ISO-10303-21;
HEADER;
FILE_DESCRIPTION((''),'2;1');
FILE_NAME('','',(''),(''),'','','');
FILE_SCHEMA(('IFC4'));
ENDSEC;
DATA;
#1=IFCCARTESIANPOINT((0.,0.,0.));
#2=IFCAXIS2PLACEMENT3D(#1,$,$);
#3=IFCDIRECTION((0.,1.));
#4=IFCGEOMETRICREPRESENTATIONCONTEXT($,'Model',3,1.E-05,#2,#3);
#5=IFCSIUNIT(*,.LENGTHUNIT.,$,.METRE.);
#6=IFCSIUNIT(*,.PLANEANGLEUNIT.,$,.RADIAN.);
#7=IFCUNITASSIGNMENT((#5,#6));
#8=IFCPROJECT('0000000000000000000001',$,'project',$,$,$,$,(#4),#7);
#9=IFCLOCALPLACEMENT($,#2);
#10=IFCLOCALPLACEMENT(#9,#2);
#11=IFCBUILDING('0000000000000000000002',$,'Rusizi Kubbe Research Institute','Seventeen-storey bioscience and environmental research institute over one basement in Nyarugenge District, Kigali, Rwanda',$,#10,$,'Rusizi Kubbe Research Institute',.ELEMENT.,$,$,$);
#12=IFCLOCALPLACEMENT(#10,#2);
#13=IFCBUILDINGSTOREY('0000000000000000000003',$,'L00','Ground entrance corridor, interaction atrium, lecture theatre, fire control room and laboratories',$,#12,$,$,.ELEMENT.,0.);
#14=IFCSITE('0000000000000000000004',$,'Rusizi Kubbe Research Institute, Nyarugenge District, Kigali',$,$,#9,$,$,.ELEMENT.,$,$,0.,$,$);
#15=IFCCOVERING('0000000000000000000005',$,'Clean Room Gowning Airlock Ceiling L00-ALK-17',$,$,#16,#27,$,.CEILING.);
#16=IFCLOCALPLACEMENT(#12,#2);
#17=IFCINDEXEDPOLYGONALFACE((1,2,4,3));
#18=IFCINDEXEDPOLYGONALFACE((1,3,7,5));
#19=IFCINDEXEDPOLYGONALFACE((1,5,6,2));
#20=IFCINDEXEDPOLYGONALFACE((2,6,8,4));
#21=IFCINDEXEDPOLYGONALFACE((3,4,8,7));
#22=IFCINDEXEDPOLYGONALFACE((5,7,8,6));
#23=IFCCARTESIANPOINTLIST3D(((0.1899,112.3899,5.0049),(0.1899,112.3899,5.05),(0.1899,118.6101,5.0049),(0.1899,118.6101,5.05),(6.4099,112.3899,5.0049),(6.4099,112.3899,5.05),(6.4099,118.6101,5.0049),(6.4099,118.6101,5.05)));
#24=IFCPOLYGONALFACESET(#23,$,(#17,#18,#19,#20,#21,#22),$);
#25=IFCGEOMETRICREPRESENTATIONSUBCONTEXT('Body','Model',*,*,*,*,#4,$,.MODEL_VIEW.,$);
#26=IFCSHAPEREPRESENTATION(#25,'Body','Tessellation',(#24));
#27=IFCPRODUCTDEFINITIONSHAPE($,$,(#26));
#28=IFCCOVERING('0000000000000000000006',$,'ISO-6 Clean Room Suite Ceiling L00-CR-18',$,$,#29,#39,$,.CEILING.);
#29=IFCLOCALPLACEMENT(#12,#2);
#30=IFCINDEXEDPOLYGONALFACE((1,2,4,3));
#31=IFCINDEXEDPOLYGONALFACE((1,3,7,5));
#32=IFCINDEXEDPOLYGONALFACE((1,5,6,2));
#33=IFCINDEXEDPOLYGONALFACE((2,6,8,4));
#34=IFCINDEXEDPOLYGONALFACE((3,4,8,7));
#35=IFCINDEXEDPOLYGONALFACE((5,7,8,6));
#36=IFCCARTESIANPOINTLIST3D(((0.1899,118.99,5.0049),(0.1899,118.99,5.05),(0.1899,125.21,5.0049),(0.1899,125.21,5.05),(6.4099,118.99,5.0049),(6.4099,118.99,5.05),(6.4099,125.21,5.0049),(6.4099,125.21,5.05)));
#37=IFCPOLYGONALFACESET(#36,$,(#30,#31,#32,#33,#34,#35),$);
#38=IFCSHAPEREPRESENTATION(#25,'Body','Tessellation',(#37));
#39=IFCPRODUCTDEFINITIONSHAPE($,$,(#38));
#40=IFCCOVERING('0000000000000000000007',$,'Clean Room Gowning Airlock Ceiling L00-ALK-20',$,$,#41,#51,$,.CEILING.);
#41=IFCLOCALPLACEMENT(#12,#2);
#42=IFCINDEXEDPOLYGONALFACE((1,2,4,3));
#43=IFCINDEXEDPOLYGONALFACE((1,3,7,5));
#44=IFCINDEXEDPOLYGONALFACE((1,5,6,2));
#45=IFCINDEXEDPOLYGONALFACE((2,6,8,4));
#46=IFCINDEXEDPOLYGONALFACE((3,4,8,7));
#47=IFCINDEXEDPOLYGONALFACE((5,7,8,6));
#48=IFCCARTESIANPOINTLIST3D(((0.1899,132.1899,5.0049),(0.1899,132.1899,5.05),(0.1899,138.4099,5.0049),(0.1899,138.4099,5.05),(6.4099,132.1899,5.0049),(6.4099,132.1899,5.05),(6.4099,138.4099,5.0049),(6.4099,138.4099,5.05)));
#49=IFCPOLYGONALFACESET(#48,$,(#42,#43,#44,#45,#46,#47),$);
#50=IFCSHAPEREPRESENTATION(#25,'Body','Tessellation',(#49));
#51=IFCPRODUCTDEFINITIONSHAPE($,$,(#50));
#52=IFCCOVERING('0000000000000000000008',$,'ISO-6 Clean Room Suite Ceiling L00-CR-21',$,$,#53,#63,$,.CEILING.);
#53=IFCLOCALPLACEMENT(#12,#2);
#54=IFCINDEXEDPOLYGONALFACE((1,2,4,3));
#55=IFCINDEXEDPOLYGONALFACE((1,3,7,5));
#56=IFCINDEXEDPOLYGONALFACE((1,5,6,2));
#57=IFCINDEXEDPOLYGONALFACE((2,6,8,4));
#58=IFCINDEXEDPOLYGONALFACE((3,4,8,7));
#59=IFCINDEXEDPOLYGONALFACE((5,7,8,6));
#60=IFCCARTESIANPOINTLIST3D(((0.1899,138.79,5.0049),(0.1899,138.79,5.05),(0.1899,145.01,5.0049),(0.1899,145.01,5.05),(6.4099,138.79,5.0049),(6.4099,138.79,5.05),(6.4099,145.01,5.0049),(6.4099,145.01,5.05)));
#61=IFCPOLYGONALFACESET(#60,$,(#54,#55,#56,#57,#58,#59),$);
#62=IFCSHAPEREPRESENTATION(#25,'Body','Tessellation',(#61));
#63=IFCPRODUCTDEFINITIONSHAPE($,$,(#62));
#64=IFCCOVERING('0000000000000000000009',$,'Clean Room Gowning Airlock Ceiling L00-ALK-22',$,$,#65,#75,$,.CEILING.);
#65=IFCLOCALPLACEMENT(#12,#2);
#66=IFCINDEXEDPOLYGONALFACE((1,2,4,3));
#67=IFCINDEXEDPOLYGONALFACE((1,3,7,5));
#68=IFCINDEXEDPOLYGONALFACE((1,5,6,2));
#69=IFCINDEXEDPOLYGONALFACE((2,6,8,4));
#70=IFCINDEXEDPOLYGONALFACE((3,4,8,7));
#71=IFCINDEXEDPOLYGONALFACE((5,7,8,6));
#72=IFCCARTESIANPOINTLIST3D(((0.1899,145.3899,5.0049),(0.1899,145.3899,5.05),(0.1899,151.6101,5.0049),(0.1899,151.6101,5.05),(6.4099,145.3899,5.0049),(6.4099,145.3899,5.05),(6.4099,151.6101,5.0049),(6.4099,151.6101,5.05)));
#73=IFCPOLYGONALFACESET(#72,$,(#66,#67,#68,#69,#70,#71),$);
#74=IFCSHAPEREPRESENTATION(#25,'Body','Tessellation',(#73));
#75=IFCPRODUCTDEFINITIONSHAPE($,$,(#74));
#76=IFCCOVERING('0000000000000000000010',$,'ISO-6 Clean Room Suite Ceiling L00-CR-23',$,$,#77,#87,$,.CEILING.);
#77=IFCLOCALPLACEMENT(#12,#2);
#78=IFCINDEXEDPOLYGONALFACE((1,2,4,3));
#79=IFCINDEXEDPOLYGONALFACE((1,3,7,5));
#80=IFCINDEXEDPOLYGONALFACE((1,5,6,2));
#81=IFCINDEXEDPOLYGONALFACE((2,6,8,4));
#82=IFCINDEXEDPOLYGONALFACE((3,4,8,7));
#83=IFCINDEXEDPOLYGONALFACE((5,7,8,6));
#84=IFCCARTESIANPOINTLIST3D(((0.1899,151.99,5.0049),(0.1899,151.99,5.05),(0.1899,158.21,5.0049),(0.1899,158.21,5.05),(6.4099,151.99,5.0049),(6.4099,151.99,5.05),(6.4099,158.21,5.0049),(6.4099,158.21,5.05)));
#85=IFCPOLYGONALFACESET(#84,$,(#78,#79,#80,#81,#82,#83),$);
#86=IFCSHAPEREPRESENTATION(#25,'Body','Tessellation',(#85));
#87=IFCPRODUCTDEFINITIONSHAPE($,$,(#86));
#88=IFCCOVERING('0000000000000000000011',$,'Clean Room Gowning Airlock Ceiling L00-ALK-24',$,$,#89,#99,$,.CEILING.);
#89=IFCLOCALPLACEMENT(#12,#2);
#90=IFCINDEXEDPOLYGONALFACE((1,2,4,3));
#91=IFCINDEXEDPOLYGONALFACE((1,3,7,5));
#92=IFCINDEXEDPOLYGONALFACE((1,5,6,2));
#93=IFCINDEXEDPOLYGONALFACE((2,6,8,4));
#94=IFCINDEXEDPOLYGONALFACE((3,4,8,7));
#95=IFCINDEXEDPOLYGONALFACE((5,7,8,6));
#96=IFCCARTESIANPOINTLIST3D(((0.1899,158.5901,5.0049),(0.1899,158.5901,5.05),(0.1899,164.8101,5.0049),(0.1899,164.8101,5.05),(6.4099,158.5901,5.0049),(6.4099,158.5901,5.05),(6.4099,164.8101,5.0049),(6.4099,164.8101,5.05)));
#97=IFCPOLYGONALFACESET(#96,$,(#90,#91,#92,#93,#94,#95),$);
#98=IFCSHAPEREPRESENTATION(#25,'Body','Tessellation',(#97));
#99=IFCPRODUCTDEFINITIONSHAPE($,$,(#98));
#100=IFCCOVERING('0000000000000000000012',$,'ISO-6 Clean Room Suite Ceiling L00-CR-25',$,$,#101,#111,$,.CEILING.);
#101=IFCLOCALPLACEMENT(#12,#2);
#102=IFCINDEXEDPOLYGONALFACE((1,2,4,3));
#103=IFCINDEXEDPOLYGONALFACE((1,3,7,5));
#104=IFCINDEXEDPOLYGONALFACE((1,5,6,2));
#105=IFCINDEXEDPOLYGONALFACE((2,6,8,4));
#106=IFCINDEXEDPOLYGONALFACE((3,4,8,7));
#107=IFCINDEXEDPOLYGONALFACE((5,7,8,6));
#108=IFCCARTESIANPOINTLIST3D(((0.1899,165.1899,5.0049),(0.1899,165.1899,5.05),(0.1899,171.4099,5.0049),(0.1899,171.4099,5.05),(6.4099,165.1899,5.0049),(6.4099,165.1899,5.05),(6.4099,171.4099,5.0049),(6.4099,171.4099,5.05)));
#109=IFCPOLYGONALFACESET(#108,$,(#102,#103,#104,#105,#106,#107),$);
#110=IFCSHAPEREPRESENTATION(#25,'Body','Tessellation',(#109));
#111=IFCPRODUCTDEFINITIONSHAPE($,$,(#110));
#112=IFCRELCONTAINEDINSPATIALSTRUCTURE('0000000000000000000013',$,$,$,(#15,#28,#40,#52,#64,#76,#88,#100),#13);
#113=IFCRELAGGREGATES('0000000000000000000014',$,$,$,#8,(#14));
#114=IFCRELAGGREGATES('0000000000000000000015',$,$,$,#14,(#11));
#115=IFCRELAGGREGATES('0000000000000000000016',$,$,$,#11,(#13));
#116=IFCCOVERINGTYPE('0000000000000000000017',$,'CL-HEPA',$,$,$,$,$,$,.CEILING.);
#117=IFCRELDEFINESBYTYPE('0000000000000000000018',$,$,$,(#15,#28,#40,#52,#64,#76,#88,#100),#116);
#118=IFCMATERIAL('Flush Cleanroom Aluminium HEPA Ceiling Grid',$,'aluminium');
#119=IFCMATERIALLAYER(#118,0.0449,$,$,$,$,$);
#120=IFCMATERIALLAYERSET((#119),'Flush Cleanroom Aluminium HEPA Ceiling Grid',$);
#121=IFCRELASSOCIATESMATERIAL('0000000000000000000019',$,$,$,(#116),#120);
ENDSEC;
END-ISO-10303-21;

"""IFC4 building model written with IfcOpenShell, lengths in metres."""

from ifc_helpers import new_model, si_unit, direction, frame, origin, place, context, subcontext, project, spatial, polyline, outline, extrude, material, layer, layer_set, type_object, element, save


model = new_model("IFC4")

# Units and contexts
model_context = context("Model", 3, precision=1e-05, world=origin(), true_north=direction((0.0, 1.0)))
body_context = subcontext(model_context, "Body", "Model", "MODEL_VIEW")
ifc_project = project(units=[si_unit("LENGTHUNIT", "METRE"), si_unit("PLANEANGLEUNIT", "RADIAN")], contexts=[model_context])

# Site, building, storey
site_placement = place(None, origin())
site = spatial("IfcSite", under=ifc_project, at=site_placement, Name="Rusizi Kubbe Research Institute, Nyarugenge District, Kigali", CompositionType="ELEMENT", RefElevation=0.0)
building_placement = place(site_placement, origin())
building = spatial("IfcBuilding", under=site, at=building_placement, Name="Rusizi Kubbe Research Institute", Description="Seventeen-storey bioscience and environmental research institute over one basement in Nyarugenge District, Kigali, Rwanda", LongName="Rusizi Kubbe Research Institute", CompositionType="ELEMENT")
storey_placement = place(building_placement, origin())
storey = spatial("IfcBuildingStorey", under=building, at=storey_placement, Name="L00", Description="Ground entrance corridor, interaction atrium, lecture theatre, fire control room and laboratories", CompositionType="ELEMENT", Elevation=0.0)

# Coverings
ifc_material_1 = material(Name="Flush Cleanroom Aluminium HEPA Ceiling Grid", Category="aluminium")
ifc_layer_1 = layer(ifc_material_1, 0.0449)
ifc_layer_set_1 = layer_set([ifc_layer_1], Name="Flush Cleanroom Aluminium HEPA Ceiling Grid")
covering_type_1 = type_object("IfcCoveringType", Name="CL-HEPA", PredefinedType="CEILING", material=ifc_layer_set_1)
covering_1_placement = place(storey_placement, frame((0.0, 0.0, 5.0049)))
element("IfcCovering", 1, at=covering_1_placement, inside=storey, type_object=covering_type_1, Name="Clean Room Gowning Airlock Ceiling L00-ALK-17", PredefinedType="CEILING", context=body_context, shape_type="SweptSolid", body=[
    extrude(outline(polyline([(0.1899, 112.3899), (6.4099, 112.3899), (6.4099, 118.6101), (0.1899, 118.6101), (0.1899, 112.3899)])), origin(), (0.0, 0.0, 1.0), 0.0452),
])
covering_2_placement = place(storey_placement, frame((0.0, 0.0, 5.0049)))
element("IfcCovering", 2, at=covering_2_placement, inside=storey, type_object=covering_type_1, Name="ISO-6 Clean Room Suite Ceiling L00-CR-18", PredefinedType="CEILING", context=body_context, shape_type="SweptSolid", body=[
    extrude(outline(polyline([(0.1899, 118.99), (6.4099, 118.99), (6.4099, 125.21), (0.1899, 125.21), (0.1899, 118.99)])), origin(), (0.0, 0.0, 1.0), 0.0452),
])
covering_3_placement = place(storey_placement, frame((0.0, 0.0, 5.0049)))
element("IfcCovering", 3, at=covering_3_placement, inside=storey, type_object=covering_type_1, Name="Clean Room Gowning Airlock Ceiling L00-ALK-20", PredefinedType="CEILING", context=body_context, shape_type="SweptSolid", body=[
    extrude(outline(polyline([(0.1899, 132.1899), (6.4099, 132.1899), (6.4099, 138.4099), (0.1899, 138.4099), (0.1899, 132.1899)])), origin(), (0.0, 0.0, 1.0), 0.0452),
])
covering_4_placement = place(storey_placement, frame((0.0, 0.0, 5.0049)))
element("IfcCovering", 4, at=covering_4_placement, inside=storey, type_object=covering_type_1, Name="ISO-6 Clean Room Suite Ceiling L00-CR-21", PredefinedType="CEILING", context=body_context, shape_type="SweptSolid", body=[
    extrude(outline(polyline([(0.1899, 138.79), (6.4099, 138.79), (6.4099, 145.01), (0.1899, 145.01), (0.1899, 138.79)])), origin(), (0.0, 0.0, 1.0), 0.0452),
])
covering_5_placement = place(storey_placement, frame((0.0, 0.0, 5.0049)))
element("IfcCovering", 5, at=covering_5_placement, inside=storey, type_object=covering_type_1, Name="Clean Room Gowning Airlock Ceiling L00-ALK-22", PredefinedType="CEILING", context=body_context, shape_type="SweptSolid", body=[
    extrude(outline(polyline([(0.1899, 145.3899), (6.4099, 145.3899), (6.4099, 151.6101), (0.1899, 151.6101), (0.1899, 145.3899)])), origin(), (0.0, 0.0, 1.0), 0.0452),
])
covering_6_placement = place(storey_placement, frame((0.0, 0.0, 5.0049)))
element("IfcCovering", 6, at=covering_6_placement, inside=storey, type_object=covering_type_1, Name="ISO-6 Clean Room Suite Ceiling L00-CR-23", PredefinedType="CEILING", context=body_context, shape_type="SweptSolid", body=[
    extrude(outline(polyline([(0.1899, 151.99), (6.4099, 151.99), (6.4099, 158.21), (0.1899, 158.21), (0.1899, 151.99)])), origin(), (0.0, 0.0, 1.0), 0.0452),
])
covering_7_placement = place(storey_placement, frame((0.0, 0.0, 5.0049)))
element("IfcCovering", 7, at=covering_7_placement, inside=storey, type_object=covering_type_1, Name="Clean Room Gowning Airlock Ceiling L00-ALK-24", PredefinedType="CEILING", context=body_context, shape_type="SweptSolid", body=[
    extrude(outline(polyline([(0.1899, 158.5901), (6.4099, 158.5901), (6.4099, 164.8101), (0.1899, 164.8101), (0.1899, 158.5901)])), origin(), (0.0, 0.0, 1.0), 0.0452),
])
covering_8_placement = place(storey_placement, frame((0.0, 0.0, 5.0049)))
element("IfcCovering", 8, at=covering_8_placement, inside=storey, type_object=covering_type_1, Name="ISO-6 Clean Room Suite Ceiling L00-CR-25", PredefinedType="CEILING", context=body_context, shape_type="SweptSolid", body=[
    extrude(outline(polyline([(0.1899, 165.1899), (6.4099, 165.1899), (6.4099, 171.4099), (0.1899, 171.4099), (0.1899, 165.1899)])), origin(), (0.0, 0.0, 1.0), 0.0452),
])

save(model, "model.ifc")
